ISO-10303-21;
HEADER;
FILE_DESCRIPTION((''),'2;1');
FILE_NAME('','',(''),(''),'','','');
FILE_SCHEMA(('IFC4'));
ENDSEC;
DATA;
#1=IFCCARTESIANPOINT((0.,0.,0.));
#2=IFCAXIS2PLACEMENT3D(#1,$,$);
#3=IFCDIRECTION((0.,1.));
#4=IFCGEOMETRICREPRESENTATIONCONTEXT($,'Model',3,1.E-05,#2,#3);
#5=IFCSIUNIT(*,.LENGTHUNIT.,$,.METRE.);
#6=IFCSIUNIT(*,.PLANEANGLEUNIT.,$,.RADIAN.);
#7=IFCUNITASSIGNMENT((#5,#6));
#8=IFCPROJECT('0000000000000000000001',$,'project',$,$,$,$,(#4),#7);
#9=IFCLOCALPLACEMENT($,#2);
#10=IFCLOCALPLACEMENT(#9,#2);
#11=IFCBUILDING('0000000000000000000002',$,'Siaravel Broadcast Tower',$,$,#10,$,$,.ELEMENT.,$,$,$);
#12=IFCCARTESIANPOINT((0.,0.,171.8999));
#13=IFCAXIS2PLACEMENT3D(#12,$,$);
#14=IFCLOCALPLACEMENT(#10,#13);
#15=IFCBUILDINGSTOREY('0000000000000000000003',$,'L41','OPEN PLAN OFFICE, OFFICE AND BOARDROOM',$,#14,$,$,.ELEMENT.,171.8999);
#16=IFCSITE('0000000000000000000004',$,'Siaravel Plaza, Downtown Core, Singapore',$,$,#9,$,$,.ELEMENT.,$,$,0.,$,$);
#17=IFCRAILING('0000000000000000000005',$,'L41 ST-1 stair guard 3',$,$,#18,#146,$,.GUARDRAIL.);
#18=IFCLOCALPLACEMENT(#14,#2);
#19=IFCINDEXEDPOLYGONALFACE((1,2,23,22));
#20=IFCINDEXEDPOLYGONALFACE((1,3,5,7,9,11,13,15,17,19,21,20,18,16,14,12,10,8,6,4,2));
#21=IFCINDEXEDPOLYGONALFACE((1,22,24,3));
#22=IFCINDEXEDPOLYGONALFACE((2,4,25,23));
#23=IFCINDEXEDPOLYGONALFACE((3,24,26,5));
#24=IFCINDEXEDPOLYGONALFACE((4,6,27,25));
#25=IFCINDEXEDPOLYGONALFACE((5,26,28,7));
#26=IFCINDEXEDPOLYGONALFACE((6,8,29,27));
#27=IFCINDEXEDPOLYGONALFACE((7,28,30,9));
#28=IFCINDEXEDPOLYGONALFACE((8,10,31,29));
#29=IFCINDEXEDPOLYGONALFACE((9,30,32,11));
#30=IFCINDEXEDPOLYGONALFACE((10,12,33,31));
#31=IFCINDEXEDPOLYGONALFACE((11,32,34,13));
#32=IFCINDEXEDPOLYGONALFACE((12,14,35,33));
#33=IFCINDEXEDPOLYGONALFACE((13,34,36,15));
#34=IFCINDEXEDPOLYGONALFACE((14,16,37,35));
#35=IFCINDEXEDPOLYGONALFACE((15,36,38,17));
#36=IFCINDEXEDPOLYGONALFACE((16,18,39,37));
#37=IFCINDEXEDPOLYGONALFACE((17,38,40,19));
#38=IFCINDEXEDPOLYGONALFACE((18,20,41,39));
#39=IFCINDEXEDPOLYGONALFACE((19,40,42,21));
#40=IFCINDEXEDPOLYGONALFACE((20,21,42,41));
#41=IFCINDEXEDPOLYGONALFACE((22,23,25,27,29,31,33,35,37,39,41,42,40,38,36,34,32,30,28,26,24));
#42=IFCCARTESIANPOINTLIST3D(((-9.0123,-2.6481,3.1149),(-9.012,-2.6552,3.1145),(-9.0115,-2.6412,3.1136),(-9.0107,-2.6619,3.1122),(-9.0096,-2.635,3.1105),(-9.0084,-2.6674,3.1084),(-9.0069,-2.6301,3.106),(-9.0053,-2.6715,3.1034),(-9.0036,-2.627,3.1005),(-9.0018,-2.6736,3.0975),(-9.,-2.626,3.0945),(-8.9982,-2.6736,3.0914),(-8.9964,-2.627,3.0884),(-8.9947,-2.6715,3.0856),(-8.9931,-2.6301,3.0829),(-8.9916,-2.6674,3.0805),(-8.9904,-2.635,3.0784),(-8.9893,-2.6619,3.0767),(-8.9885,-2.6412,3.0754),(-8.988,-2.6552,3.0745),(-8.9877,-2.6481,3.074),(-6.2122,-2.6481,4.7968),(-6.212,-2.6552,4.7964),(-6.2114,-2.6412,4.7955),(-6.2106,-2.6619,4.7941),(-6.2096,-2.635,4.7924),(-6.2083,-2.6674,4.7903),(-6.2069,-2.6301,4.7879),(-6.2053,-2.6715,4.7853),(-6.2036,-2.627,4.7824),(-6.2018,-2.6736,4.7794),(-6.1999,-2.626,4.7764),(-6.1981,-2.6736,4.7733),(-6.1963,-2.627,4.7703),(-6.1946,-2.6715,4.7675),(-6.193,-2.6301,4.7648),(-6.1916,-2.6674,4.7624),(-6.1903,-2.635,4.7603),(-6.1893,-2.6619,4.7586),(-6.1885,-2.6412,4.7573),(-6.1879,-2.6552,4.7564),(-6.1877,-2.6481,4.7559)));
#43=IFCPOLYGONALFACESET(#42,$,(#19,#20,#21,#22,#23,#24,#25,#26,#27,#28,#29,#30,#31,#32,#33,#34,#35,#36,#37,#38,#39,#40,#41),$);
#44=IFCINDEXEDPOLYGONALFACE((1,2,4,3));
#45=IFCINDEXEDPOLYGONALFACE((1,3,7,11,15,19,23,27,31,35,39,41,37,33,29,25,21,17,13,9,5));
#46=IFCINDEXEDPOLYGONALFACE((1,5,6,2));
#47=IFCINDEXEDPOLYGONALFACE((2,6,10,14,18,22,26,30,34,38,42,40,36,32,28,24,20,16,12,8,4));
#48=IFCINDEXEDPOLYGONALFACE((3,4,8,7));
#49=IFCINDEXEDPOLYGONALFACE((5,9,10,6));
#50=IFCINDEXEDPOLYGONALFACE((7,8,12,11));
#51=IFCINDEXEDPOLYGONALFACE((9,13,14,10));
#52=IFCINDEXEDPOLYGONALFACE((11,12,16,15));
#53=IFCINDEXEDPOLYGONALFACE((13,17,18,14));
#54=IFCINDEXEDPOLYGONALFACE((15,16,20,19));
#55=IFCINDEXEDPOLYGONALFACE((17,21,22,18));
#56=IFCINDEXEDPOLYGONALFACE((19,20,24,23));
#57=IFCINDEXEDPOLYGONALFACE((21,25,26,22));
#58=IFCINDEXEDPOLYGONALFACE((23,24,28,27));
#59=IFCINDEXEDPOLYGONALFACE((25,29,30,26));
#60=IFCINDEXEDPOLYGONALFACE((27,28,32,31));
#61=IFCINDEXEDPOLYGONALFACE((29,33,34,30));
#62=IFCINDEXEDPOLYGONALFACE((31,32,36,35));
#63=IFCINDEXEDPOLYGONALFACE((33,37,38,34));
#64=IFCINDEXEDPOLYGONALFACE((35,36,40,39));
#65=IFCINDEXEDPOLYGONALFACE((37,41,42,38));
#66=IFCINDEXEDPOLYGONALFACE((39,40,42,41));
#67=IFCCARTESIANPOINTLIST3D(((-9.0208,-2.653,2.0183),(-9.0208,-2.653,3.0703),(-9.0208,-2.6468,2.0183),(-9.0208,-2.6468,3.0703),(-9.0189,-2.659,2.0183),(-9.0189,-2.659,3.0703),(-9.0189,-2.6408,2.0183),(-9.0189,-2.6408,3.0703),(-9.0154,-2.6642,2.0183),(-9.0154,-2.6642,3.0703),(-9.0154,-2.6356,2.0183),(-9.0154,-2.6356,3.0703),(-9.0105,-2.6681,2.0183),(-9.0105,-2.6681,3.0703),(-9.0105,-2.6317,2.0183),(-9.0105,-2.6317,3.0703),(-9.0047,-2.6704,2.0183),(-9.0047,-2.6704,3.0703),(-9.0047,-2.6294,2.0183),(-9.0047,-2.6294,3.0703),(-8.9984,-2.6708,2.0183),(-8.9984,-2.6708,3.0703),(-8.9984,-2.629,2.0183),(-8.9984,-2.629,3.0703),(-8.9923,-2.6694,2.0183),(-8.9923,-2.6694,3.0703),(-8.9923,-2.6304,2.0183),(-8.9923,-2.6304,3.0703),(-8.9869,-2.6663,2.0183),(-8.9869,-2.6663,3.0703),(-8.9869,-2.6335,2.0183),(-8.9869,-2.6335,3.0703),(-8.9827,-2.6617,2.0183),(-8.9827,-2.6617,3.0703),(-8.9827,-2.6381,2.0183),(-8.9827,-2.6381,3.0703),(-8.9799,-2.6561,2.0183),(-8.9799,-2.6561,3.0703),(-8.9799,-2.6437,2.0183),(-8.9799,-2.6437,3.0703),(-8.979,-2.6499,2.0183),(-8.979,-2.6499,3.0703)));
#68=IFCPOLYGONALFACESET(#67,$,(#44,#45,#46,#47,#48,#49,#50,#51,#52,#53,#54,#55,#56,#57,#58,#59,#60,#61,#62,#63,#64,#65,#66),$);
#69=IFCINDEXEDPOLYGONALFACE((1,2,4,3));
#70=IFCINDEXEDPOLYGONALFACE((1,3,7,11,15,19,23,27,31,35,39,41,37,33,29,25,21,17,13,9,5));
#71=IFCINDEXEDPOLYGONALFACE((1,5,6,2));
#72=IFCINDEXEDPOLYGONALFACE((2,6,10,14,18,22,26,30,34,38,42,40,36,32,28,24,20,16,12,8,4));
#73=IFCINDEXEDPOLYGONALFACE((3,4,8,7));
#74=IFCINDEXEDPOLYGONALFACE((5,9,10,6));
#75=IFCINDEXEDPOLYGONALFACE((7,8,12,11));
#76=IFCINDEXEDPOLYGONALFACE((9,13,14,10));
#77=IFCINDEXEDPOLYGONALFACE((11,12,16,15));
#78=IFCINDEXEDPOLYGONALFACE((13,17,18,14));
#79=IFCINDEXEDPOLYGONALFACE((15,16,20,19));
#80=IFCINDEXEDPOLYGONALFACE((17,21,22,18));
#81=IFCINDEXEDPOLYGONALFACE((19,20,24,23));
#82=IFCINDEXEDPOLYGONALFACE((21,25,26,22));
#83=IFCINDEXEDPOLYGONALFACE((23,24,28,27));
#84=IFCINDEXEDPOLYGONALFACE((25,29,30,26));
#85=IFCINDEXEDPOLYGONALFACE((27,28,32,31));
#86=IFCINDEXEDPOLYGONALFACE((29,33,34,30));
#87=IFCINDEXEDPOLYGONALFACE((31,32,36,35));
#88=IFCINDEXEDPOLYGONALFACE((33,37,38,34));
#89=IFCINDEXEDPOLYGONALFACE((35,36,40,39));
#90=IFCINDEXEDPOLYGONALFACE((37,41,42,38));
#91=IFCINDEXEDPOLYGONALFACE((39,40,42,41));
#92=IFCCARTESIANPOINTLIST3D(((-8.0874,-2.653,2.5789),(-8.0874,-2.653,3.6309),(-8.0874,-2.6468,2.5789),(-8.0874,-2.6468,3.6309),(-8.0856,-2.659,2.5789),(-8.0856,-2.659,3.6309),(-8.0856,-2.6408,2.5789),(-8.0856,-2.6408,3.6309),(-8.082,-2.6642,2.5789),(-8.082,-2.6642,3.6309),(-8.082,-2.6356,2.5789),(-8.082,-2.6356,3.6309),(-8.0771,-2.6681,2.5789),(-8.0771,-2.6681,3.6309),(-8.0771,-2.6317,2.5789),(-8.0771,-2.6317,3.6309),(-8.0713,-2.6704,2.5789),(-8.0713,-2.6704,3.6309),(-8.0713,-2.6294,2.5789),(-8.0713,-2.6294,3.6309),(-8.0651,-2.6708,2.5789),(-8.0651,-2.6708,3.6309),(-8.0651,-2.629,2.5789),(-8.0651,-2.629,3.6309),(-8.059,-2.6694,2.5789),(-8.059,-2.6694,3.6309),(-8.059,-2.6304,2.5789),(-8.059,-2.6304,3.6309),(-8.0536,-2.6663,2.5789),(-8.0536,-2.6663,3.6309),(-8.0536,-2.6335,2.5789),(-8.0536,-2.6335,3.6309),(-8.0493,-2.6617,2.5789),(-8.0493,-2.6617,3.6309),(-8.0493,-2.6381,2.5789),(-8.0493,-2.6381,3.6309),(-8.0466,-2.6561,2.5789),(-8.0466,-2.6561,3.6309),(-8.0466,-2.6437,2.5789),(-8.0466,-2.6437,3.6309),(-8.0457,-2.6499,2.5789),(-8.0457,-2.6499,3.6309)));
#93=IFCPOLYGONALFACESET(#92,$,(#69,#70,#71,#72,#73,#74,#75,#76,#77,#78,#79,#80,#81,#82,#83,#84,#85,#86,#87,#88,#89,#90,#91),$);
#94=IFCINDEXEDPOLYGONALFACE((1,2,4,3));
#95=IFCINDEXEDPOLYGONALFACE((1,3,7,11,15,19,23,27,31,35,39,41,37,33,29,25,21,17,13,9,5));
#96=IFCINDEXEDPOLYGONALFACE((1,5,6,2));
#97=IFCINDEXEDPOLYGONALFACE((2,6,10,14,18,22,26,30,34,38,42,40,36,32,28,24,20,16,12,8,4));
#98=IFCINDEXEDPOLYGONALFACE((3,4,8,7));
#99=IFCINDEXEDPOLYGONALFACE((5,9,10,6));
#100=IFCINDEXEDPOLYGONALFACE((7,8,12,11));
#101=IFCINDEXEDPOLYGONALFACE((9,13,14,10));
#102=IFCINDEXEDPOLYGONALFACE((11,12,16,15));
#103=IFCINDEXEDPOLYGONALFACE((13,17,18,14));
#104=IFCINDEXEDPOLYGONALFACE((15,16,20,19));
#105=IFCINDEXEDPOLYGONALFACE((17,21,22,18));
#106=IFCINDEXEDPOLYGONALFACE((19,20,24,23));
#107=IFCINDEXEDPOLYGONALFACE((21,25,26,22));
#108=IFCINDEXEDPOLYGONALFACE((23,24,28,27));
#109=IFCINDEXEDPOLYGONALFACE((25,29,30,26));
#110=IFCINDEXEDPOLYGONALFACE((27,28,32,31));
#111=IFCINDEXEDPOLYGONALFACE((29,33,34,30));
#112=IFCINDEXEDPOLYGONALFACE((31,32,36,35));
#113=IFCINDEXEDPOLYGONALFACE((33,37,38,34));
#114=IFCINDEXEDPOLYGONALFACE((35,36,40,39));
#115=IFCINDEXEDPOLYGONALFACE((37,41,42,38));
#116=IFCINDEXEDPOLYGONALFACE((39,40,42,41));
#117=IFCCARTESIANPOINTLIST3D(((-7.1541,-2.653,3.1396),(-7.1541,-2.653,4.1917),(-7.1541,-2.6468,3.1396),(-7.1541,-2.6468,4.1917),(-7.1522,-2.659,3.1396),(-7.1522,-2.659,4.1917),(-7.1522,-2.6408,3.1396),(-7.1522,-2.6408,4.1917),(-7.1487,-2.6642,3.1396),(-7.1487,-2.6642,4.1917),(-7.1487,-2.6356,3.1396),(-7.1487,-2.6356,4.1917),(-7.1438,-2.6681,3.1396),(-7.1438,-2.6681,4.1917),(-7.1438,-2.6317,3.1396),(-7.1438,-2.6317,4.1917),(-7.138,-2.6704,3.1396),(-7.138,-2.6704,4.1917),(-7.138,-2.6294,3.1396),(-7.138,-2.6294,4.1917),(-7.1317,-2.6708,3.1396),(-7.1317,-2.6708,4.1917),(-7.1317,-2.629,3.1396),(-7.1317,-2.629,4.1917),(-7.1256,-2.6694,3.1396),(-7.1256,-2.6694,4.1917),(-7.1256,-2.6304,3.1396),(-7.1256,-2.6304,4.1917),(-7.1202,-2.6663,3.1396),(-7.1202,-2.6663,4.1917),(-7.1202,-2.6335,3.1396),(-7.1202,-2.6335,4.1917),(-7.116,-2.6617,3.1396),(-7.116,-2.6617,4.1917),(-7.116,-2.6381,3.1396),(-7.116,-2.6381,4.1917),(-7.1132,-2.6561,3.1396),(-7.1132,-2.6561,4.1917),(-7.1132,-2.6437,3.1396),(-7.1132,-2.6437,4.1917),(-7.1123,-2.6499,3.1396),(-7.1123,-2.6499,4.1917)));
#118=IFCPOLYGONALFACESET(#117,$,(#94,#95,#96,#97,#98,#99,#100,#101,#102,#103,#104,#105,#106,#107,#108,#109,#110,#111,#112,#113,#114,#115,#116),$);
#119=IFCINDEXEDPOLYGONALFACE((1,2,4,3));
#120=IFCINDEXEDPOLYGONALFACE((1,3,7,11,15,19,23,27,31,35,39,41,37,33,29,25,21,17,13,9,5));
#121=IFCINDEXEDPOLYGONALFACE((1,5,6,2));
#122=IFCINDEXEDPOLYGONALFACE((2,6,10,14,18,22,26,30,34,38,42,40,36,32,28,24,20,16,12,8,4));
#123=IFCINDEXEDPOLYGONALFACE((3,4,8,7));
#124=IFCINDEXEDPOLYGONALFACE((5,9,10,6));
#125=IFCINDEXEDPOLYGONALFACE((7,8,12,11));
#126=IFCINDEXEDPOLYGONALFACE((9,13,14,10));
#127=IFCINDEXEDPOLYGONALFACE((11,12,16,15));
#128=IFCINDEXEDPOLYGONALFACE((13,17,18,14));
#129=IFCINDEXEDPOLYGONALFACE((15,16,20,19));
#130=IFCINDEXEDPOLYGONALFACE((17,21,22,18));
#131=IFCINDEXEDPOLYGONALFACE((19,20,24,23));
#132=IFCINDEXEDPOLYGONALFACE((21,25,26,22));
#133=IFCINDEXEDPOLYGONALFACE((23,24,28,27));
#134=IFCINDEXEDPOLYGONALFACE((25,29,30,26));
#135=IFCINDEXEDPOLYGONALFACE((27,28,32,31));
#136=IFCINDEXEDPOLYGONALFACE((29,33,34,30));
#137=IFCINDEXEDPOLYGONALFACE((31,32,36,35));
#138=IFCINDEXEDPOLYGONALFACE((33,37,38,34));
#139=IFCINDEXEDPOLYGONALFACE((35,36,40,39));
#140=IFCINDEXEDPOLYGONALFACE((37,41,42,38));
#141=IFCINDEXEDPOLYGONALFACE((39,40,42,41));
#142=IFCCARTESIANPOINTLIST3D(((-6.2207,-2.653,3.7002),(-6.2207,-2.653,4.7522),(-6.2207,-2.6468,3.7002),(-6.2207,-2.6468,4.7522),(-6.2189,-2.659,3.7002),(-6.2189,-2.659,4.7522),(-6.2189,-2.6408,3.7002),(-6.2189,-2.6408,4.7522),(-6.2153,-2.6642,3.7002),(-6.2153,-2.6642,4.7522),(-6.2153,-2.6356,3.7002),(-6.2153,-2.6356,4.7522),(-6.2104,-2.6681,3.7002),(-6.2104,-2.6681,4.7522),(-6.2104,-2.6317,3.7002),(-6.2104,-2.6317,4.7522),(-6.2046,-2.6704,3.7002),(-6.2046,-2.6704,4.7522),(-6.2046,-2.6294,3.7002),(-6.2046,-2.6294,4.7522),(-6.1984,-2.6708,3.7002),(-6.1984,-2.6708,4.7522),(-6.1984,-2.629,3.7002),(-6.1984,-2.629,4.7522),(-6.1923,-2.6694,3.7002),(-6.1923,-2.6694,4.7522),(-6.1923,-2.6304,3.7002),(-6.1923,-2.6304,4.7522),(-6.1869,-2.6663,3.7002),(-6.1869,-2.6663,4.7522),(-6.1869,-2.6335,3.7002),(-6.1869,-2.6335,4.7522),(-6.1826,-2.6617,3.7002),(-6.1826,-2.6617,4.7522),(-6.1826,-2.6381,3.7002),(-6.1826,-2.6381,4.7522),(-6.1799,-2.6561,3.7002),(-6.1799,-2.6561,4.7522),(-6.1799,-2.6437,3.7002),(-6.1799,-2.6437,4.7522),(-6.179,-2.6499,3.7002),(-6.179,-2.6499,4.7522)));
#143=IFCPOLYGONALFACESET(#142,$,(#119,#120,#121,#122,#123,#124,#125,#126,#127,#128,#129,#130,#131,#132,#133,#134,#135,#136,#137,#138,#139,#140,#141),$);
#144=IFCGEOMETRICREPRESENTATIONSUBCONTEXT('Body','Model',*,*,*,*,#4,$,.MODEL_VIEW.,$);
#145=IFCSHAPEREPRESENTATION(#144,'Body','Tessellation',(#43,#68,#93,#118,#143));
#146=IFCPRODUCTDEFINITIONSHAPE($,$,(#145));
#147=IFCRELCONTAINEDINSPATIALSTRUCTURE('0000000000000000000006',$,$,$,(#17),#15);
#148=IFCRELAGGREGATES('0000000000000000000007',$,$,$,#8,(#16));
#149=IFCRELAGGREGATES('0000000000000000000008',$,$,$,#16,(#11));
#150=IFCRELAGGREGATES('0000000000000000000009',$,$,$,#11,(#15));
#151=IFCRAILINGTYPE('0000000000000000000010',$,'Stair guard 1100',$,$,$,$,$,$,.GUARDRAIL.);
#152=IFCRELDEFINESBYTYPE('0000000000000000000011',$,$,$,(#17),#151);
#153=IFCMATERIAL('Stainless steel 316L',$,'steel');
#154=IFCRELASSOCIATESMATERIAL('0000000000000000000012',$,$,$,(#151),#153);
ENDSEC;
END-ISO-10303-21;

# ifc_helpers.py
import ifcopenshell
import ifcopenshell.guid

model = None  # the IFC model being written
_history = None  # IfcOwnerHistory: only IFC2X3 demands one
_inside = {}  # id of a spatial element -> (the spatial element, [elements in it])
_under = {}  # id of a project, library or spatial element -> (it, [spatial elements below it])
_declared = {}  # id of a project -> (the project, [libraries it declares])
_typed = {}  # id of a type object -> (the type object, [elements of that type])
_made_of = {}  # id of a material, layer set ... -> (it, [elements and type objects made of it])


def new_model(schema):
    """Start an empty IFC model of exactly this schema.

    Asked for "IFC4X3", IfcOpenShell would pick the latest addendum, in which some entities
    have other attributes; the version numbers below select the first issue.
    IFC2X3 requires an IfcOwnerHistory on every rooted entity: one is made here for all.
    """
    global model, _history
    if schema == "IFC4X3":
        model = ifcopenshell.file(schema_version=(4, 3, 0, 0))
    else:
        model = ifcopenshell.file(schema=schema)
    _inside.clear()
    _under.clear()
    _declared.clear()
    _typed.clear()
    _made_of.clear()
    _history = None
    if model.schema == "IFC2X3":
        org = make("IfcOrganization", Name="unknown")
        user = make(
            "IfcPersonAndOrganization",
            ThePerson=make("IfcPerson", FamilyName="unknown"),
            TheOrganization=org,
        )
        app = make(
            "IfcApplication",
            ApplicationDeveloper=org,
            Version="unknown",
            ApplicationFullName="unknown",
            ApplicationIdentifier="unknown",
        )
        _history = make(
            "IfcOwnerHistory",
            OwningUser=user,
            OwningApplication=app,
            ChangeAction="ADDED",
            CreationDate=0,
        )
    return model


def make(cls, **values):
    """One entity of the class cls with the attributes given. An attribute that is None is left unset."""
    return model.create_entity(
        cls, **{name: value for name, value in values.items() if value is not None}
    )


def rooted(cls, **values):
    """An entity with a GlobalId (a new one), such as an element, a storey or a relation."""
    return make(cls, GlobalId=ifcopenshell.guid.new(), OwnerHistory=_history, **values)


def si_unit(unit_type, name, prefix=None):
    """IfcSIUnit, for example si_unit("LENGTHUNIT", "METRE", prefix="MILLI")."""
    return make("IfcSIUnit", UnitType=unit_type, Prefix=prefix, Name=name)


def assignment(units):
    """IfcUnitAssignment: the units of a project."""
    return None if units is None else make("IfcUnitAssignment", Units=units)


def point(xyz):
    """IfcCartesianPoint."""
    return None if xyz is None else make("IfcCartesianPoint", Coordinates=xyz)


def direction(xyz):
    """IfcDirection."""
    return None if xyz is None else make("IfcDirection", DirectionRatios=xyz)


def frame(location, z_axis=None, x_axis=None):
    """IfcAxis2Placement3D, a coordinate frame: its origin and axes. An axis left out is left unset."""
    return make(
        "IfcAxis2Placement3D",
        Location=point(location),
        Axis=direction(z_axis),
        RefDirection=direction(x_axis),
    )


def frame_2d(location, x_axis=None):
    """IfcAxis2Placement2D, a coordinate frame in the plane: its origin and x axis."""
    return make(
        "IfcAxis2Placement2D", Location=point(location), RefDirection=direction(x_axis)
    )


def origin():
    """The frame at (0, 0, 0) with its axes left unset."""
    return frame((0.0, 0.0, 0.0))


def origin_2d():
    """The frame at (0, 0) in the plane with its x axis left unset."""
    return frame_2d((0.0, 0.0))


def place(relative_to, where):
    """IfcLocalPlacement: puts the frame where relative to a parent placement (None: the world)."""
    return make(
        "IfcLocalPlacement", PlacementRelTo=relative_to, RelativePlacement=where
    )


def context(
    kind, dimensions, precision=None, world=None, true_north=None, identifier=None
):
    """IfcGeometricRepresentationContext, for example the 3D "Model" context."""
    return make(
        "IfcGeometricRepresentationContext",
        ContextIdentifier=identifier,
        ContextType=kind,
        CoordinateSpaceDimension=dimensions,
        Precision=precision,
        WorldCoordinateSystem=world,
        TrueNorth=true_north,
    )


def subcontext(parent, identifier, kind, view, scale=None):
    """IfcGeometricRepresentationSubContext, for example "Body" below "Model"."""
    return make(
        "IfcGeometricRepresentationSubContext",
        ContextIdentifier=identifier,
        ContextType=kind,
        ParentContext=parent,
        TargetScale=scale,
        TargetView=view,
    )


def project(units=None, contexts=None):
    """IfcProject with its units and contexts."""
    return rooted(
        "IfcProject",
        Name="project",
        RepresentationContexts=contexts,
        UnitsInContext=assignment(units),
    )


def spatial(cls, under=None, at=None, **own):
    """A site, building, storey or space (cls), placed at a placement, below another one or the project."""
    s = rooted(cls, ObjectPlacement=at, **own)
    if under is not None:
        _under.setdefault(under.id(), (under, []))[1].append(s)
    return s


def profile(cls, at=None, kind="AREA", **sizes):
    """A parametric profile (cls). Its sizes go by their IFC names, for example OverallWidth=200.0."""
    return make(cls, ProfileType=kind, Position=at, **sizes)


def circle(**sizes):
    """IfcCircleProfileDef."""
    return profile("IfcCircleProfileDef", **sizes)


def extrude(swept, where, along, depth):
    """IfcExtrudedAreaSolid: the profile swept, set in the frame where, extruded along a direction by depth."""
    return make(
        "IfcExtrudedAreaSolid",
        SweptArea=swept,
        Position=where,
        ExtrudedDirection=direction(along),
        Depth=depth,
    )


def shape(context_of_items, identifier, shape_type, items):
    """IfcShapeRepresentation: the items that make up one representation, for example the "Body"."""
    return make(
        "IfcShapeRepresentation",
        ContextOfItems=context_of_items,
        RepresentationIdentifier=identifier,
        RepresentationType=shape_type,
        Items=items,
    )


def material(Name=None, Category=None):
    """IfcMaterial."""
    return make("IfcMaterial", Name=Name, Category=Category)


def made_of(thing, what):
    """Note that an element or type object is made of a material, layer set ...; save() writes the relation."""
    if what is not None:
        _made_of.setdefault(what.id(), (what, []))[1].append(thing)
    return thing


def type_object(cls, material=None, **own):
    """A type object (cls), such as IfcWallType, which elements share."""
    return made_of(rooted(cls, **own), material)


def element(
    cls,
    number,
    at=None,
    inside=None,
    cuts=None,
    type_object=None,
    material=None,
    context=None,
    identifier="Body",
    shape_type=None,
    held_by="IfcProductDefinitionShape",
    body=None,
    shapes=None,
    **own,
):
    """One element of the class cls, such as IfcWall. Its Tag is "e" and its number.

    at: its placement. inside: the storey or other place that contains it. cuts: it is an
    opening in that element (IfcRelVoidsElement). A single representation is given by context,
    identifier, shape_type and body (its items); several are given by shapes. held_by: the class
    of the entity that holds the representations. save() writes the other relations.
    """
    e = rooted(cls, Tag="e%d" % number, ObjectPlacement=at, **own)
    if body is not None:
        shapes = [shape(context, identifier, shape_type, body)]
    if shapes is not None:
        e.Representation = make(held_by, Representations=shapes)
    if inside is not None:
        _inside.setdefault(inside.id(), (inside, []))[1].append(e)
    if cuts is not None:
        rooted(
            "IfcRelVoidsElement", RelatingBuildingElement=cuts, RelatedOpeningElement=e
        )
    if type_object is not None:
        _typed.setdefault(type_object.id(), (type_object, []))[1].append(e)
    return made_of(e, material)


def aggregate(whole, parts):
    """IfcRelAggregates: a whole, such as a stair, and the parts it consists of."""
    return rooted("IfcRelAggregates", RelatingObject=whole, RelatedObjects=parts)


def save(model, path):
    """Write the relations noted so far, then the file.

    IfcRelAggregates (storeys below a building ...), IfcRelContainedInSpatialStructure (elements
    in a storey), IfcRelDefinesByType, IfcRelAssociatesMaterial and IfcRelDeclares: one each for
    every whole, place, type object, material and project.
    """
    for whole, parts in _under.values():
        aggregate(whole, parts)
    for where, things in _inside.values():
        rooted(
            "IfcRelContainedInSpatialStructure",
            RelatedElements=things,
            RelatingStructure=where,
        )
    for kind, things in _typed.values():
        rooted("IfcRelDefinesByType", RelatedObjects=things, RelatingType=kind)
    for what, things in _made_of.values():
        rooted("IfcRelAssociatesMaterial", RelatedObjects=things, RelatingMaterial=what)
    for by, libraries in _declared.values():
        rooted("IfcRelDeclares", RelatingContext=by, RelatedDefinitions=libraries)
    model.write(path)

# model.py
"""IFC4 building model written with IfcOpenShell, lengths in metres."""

from ifc_helpers import new_model, si_unit, direction, frame, origin, origin_2d, place, context, subcontext, project, spatial, circle, extrude, material, type_object, element, save


model = new_model("IFC4")

# Units and contexts
model_context = context("Model", 3, precision=1e-05, world=origin(), true_north=direction((0.0, 1.0)))
body_context = subcontext(model_context, "Body", "Model", "MODEL_VIEW")
ifc_project = project(units=[si_unit("LENGTHUNIT", "METRE"), si_unit("PLANEANGLEUNIT", "RADIAN")], contexts=[model_context])

# Site, building, storey
site_placement = place(None, origin())
site = spatial("IfcSite", under=ifc_project, at=site_placement, Name="Siaravel Plaza, Downtown Core, Singapore", CompositionType="ELEMENT", RefElevation=0.0)
building_placement = place(site_placement, origin())
building = spatial("IfcBuilding", under=site, at=building_placement, Name="Siaravel Broadcast Tower", CompositionType="ELEMENT")
storey_placement = place(building_placement, frame((0.0, 0.0, 171.8999)))
storey = spatial("IfcBuildingStorey", under=building, at=storey_placement, Name="L41", Description="OPEN PLAN OFFICE, OFFICE AND BOARDROOM", CompositionType="ELEMENT", Elevation=171.8999)

# Shared definitions
ifc_material_1 = material(Name="Stainless steel 316L", Category="steel")

# Railing
railing_type_1 = type_object("IfcRailingType", Name="Stair guard 1100", PredefinedType="GUARDRAIL", material=ifc_material_1)
railing_1_placement = place(storey_placement, frame((-9.0, -2.6499, 2.0183)))
element("IfcRailing", 1, at=railing_1_placement, inside=storey, type_object=railing_type_1, Name="L41 ST-1 stair guard 3", PredefinedType="GUARDRAIL", context=body_context, shape_type="SweptSolid", body=[
    extrude(circle(Radius=0.0239, at=origin_2d()), frame((0.0, 0.0, 1.0762), z_axis=(0.857242, 0.0, 0.514913), x_axis=(0.0, 1.0, 0.0)), (0.0, 0.0, 1.0), 3.2664),
    extrude(circle(Radius=0.021, at=origin_2d()), origin(), (0.0, 0.0, 1.0), 1.052),
    extrude(circle(Radius=0.021, at=origin_2d()), frame((0.9333, 0.0, 0.5605)), (0.0, 0.0, 1.0), 1.052),
    extrude(circle(Radius=0.021, at=origin_2d()), frame((1.8667, 0.0, 1.1213)), (0.0, 0.0, 1.0), 1.052),
    extrude(circle(Radius=0.021, at=origin_2d()), frame((2.8, 0.0, 1.6819)), (0.0, 0.0, 1.0), 1.052),
])

save(model, "model.ifc")
